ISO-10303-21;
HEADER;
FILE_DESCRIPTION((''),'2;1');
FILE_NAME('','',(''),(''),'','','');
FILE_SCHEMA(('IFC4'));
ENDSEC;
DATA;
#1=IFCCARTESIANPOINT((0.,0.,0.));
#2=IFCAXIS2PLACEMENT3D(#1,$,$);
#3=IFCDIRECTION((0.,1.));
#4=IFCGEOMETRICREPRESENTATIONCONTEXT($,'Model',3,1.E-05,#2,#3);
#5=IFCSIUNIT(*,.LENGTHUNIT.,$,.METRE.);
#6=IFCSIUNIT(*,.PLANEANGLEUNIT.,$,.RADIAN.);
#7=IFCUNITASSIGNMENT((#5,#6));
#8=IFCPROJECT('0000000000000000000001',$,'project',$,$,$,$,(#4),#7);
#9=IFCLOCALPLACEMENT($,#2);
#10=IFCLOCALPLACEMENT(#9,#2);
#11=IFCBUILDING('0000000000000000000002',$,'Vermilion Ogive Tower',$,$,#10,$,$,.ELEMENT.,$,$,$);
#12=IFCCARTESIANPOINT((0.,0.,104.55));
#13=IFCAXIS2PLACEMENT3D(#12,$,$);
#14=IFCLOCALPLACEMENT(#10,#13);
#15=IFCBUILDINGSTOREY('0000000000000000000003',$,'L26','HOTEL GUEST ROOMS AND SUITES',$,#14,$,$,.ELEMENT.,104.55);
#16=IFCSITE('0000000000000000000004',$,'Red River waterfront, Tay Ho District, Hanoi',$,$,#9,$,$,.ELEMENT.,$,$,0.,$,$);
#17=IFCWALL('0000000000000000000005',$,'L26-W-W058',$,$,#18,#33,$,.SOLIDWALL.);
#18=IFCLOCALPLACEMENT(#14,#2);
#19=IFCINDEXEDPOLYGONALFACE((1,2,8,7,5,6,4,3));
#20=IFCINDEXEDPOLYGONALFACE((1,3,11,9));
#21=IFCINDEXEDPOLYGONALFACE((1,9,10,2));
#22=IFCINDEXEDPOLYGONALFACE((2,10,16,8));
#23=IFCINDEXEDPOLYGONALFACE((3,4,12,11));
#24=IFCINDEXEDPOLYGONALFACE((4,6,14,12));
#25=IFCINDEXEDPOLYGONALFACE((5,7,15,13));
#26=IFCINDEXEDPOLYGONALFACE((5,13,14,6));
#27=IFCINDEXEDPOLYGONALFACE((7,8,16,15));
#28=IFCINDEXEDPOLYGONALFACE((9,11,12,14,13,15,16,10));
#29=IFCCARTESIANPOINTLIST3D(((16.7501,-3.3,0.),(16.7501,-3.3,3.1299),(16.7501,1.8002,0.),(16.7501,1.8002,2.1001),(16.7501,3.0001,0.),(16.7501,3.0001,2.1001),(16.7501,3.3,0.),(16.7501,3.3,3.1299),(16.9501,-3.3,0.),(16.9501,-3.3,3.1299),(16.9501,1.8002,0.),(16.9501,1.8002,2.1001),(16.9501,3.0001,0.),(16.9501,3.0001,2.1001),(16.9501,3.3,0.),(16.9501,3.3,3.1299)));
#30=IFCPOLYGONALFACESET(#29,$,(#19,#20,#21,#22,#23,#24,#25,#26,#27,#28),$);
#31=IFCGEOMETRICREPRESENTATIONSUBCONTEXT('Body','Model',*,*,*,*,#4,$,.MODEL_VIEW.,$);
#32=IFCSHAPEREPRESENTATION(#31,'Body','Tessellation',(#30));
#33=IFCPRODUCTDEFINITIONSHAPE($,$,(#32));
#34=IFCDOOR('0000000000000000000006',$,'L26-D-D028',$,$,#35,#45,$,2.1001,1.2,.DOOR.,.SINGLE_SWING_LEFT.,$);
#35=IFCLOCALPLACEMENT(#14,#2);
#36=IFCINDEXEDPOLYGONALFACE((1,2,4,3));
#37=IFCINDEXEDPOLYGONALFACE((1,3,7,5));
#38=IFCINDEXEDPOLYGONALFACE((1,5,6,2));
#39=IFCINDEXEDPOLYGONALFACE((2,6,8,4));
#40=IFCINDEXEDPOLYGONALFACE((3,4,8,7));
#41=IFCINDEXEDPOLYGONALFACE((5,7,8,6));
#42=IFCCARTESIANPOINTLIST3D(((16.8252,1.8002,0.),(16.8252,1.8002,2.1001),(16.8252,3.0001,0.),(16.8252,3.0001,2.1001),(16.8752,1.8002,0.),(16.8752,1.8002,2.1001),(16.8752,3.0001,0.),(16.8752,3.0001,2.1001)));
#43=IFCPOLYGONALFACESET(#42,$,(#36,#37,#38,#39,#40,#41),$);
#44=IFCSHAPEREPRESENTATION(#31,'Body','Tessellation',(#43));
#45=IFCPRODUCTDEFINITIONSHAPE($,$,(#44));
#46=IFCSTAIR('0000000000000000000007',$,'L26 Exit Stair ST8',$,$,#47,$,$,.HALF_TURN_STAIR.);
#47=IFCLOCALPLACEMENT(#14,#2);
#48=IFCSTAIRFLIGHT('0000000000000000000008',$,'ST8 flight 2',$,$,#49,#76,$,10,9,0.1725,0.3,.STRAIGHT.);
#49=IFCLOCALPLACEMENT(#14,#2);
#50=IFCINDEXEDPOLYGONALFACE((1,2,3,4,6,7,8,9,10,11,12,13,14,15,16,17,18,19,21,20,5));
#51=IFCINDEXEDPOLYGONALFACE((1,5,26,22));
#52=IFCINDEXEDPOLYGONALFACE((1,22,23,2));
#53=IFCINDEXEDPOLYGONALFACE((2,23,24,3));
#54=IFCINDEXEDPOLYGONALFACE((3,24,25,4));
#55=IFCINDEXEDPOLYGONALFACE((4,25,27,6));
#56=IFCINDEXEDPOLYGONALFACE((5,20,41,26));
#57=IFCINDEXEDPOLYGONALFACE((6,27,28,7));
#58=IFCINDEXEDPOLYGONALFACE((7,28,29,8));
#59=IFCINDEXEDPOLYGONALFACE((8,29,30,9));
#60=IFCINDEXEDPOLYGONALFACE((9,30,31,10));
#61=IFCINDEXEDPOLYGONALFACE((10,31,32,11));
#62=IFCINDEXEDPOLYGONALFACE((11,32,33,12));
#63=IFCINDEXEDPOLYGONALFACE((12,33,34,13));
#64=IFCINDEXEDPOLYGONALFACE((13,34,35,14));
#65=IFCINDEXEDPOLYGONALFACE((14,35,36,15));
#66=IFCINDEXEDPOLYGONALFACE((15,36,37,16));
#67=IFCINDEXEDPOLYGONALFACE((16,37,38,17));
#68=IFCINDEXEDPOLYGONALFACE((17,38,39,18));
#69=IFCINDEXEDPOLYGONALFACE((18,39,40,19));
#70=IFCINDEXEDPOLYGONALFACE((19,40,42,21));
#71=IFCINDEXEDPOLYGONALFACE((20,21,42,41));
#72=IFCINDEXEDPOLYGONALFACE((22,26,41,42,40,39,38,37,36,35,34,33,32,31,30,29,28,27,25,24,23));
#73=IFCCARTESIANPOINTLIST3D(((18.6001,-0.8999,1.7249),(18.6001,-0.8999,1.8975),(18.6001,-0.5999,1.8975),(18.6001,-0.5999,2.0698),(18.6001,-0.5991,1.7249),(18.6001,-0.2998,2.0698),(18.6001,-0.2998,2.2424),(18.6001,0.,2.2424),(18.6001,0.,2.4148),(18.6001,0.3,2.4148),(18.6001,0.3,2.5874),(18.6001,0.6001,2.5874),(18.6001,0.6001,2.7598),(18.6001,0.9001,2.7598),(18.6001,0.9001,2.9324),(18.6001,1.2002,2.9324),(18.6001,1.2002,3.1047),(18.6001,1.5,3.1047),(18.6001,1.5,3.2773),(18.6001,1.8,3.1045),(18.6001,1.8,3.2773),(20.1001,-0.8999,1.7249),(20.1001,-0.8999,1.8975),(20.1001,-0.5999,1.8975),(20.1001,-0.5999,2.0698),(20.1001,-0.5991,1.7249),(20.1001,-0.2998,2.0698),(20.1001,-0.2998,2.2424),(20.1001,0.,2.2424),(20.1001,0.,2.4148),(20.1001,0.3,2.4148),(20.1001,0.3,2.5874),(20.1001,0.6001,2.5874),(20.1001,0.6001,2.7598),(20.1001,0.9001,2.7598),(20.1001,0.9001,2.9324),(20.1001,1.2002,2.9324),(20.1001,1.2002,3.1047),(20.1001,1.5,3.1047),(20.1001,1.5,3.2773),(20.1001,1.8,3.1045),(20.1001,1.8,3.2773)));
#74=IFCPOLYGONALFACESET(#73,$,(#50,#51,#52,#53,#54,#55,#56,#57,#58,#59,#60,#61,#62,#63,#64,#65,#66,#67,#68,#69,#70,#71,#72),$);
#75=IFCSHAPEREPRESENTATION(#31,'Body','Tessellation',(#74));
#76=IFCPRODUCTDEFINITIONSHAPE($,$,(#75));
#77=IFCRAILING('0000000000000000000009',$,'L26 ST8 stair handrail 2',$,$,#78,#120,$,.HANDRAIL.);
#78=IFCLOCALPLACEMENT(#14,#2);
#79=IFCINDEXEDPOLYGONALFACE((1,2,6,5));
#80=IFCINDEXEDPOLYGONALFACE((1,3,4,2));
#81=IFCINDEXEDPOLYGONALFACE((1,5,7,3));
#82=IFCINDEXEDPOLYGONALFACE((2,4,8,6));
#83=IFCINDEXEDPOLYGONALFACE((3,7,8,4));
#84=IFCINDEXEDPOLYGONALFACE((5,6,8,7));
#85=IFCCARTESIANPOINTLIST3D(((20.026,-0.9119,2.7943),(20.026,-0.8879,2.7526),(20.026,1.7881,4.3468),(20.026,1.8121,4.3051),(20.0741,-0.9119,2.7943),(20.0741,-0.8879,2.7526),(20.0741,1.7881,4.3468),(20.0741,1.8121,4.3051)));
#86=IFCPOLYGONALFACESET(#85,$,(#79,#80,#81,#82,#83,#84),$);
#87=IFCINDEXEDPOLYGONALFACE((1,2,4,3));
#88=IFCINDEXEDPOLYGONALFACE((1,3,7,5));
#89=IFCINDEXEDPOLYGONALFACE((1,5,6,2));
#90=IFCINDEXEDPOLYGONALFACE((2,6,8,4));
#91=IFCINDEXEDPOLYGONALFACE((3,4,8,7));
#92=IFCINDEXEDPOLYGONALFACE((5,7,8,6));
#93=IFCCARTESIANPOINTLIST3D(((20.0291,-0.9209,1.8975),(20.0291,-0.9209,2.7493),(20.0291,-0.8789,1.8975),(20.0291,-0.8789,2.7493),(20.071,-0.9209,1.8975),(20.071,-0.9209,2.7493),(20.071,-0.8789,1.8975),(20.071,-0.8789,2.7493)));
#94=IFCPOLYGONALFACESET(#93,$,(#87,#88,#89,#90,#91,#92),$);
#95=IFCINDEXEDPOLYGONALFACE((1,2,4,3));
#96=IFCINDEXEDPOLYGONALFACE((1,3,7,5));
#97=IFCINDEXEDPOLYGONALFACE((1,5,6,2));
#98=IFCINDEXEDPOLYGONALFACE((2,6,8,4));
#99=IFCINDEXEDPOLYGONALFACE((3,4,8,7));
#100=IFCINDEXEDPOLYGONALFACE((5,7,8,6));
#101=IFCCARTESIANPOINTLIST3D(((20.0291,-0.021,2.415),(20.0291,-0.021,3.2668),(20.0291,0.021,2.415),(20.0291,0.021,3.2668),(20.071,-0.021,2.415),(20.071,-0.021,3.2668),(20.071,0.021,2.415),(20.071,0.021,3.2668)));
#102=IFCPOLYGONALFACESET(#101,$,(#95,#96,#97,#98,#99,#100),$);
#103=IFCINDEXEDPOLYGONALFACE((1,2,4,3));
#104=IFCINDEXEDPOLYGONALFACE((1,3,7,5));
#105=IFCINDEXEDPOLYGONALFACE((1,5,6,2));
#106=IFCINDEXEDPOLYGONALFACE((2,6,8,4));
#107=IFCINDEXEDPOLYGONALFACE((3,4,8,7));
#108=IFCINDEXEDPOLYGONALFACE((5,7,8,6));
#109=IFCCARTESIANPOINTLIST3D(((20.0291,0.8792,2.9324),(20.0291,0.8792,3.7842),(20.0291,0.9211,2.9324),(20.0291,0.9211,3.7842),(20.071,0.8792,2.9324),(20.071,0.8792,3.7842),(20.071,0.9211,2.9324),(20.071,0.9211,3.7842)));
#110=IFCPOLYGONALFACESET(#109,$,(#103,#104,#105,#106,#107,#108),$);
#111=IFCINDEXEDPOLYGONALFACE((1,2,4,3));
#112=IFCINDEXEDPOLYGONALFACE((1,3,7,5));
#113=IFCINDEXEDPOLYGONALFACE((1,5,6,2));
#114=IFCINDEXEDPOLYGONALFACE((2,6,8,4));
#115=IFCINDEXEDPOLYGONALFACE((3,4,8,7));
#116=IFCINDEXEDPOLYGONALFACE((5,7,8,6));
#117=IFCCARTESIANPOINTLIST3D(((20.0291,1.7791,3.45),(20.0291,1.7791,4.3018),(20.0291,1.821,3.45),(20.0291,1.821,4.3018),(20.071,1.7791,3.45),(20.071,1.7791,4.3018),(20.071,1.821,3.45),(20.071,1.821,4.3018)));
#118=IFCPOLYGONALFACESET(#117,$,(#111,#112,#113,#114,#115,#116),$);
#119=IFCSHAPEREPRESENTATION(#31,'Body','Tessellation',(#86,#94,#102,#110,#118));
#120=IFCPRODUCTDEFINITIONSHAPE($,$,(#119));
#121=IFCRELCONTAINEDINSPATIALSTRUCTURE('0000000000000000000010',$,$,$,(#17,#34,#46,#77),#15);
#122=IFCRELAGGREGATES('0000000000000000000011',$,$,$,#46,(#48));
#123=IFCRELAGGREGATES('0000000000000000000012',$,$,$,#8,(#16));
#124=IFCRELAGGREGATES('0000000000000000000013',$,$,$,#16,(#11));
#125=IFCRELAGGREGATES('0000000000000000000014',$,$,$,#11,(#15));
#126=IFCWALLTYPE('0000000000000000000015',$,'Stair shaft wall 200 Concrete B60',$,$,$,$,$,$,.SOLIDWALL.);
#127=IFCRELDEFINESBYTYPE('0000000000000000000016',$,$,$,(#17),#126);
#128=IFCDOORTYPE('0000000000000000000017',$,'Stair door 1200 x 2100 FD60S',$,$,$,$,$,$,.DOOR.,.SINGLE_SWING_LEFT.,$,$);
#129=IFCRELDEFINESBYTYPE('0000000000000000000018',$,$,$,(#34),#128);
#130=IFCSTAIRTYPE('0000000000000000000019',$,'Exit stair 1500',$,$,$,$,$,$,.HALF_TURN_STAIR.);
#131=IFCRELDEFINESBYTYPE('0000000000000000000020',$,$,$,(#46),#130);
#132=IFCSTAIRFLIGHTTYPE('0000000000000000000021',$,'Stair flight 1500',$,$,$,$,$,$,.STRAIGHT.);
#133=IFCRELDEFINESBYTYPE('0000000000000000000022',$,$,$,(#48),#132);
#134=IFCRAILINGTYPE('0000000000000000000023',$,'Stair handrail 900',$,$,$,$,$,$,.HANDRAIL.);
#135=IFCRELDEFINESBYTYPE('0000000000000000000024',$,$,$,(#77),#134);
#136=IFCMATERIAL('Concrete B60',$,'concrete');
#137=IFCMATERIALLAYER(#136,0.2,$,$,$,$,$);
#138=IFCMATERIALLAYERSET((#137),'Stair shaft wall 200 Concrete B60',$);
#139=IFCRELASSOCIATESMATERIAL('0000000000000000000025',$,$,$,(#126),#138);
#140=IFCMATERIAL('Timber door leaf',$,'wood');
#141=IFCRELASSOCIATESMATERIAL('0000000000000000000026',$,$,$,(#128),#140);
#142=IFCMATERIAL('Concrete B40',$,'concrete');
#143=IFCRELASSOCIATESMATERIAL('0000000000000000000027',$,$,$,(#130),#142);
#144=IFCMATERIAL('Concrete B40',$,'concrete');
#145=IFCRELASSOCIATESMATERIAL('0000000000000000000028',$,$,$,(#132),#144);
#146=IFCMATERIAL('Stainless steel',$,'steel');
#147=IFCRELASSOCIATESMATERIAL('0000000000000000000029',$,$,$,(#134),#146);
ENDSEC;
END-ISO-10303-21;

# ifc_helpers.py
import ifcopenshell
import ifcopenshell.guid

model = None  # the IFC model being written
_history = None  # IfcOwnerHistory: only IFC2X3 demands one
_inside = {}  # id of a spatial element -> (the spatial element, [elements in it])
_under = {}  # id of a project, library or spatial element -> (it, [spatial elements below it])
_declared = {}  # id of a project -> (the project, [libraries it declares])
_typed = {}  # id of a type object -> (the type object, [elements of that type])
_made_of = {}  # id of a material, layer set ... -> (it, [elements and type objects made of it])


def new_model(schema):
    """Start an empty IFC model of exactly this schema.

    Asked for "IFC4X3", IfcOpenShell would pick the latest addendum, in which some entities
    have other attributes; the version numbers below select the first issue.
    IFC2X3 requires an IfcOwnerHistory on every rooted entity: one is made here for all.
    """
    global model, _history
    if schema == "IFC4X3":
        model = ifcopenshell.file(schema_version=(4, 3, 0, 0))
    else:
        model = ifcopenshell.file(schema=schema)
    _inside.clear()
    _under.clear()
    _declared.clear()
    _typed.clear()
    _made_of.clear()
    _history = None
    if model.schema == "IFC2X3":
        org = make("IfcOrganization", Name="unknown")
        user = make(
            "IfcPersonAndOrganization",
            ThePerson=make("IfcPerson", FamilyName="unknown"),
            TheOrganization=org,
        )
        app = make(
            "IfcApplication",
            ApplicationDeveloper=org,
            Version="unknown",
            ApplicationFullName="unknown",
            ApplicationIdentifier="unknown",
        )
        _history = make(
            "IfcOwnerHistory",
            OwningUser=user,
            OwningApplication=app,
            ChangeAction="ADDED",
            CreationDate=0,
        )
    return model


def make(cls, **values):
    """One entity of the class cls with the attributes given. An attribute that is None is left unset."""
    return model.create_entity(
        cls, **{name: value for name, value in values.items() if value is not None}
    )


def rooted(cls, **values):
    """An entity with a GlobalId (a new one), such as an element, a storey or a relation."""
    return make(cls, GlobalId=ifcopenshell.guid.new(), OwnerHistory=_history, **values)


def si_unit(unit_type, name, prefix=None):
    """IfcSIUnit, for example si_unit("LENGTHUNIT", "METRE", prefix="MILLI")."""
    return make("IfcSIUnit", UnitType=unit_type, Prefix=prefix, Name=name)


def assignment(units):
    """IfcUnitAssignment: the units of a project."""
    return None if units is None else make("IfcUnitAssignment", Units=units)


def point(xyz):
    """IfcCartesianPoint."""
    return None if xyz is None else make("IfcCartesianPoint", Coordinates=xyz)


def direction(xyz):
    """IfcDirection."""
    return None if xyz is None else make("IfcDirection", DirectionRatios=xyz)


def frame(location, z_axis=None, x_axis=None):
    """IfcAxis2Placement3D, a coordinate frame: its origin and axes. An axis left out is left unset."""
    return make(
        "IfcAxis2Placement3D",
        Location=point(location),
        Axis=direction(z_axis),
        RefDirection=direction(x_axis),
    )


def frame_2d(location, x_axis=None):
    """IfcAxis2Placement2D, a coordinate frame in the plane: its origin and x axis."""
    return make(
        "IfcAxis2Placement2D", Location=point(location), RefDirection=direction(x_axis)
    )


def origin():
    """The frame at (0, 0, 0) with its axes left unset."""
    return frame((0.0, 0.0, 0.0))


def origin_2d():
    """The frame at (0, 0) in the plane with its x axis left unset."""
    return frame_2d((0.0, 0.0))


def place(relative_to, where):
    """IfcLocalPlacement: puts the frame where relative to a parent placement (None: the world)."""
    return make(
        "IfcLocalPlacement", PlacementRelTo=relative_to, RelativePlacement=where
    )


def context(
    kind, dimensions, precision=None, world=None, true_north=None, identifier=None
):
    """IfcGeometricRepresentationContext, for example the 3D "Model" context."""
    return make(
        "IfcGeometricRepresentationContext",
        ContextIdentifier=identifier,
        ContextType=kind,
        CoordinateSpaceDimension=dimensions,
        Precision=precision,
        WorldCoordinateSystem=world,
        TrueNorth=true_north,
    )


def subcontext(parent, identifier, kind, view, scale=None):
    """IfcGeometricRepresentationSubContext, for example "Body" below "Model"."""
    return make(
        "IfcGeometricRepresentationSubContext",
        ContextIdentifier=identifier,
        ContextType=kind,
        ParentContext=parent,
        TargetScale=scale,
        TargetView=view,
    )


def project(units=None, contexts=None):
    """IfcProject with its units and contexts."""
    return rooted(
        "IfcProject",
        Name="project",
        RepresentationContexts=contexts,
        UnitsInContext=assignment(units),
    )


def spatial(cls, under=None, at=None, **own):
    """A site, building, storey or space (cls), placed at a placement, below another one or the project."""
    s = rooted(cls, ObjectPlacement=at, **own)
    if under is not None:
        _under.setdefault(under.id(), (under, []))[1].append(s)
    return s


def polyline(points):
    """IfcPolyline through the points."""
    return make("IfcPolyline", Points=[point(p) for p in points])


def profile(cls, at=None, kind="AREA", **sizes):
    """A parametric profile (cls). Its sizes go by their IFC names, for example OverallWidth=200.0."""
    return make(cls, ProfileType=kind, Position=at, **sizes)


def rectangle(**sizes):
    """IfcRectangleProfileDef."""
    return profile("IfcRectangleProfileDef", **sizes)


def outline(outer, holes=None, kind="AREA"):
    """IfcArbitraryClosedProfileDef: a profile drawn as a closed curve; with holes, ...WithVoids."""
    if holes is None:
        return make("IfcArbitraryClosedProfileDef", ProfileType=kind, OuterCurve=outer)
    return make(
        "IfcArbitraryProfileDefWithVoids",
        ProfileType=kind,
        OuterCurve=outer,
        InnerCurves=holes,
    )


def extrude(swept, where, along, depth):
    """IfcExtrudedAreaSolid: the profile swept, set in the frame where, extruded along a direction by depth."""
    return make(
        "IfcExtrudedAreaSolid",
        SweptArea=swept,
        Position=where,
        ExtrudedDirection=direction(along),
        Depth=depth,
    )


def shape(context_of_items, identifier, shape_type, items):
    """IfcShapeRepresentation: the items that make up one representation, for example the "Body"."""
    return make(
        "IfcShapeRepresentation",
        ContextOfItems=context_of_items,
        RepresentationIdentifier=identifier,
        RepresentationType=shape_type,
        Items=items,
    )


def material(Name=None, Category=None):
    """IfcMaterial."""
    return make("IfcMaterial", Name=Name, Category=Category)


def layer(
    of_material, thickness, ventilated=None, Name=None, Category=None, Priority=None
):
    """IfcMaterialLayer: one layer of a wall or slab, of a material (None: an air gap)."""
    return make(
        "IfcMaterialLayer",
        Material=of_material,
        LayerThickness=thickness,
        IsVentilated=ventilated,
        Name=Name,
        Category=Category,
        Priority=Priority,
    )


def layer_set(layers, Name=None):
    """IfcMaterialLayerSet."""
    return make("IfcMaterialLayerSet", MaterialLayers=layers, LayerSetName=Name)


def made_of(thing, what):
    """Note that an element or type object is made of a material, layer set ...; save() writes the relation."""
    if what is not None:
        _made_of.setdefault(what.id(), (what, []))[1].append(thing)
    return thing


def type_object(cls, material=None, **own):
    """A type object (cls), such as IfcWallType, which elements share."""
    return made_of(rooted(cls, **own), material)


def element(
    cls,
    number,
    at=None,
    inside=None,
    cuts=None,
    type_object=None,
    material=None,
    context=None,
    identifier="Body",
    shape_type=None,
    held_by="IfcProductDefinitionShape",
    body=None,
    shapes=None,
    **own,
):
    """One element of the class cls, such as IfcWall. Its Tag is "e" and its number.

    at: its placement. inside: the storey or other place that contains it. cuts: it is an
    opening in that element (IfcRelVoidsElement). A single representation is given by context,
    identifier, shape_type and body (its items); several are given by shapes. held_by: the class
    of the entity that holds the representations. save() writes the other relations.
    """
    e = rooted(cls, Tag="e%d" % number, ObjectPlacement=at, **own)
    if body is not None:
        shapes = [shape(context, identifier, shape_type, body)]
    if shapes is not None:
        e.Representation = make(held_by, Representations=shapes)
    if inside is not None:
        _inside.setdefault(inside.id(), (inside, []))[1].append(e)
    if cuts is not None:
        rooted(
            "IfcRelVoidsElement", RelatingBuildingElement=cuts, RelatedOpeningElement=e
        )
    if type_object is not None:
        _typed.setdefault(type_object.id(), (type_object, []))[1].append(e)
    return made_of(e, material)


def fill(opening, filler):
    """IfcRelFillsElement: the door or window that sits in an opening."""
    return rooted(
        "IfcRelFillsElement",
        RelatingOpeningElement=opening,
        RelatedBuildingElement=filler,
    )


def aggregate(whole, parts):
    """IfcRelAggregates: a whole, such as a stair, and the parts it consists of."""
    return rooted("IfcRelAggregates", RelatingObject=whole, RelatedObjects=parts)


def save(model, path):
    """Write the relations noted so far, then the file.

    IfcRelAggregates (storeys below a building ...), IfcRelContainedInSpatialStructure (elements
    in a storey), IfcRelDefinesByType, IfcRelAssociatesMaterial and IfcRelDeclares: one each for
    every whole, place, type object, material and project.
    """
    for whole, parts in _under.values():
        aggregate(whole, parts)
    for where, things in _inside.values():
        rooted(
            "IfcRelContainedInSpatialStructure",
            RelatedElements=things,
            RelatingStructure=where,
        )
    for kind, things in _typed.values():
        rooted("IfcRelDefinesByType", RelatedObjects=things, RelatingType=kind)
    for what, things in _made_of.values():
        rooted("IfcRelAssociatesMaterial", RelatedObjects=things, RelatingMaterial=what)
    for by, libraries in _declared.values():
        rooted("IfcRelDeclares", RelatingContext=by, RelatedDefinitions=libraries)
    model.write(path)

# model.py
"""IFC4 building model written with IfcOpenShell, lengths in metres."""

from ifc_helpers import new_model, si_unit, direction, frame, frame_2d, origin, origin_2d, place, context, subcontext, project, spatial, polyline, rectangle, outline, extrude, material, layer, layer_set, type_object, element, fill, aggregate, save


model = new_model("IFC4")

# Units and contexts
model_context = context("Model", 3, precision=1e-05, world=origin(), true_north=direction((0.0, 1.0)))
body_context = subcontext(model_context, "Body", "Model", "MODEL_VIEW")
ifc_project = project(units=[si_unit("LENGTHUNIT", "METRE"), si_unit("PLANEANGLEUNIT", "RADIAN")], contexts=[model_context])

# Site, building, storey
site_placement = place(None, origin())
site = spatial("IfcSite", under=ifc_project, at=site_placement, Name="Red River waterfront, Tay Ho District, Hanoi", CompositionType="ELEMENT", RefElevation=0.0)
building_placement = place(site_placement, origin())
building = spatial("IfcBuilding", under=site, at=building_placement, Name="Vermilion Ogive Tower", CompositionType="ELEMENT")
storey_placement = place(building_placement, frame((0.0, 0.0, 104.55)))
storey = spatial("IfcBuildingStorey", under=building, at=storey_placement, Name="L26", Description="HOTEL GUEST ROOMS AND SUITES", CompositionType="ELEMENT", Elevation=104.55)

# Shared definitions
ifc_material_1 = material(Name="Concrete B60", Category="concrete")
ifc_layer_1 = layer(ifc_material_1, 0.2)
ifc_layer_set_1 = layer_set([ifc_layer_1], Name="Stair shaft wall 200 Concrete B60")
wall_type_1 = type_object("IfcWallType", Name="Stair shaft wall 200 Concrete B60", PredefinedType="SOLIDWALL", material=ifc_layer_set_1)

# Wall, opening, door
wall_1_placement = place(storey_placement, frame((16.8501, -3.3, 0.0), z_axis=(0.0, 0.0, 1.0), x_axis=(0.0, 1.0, 0.0)))
wall_1 = element("IfcWall", 1, at=wall_1_placement, inside=storey, type_object=wall_type_1, Name="L26-W-W058", PredefinedType="SOLIDWALL", context=body_context, shape_type="SweptSolid", body=[
    extrude(rectangle(XDim=6.6001, YDim=0.2, at=frame_2d((3.3, 0.0))), origin(), (0.0, 0.0, 1.0), 3.1299),
])
opening_1_placement = place(wall_1_placement, frame((5.1001, 0.0, 0.0)))
opening_1 = element("IfcOpeningElement", 2, at=opening_1_placement, cuts=wall_1, PredefinedType="OPENING", context=body_context, shape_type="SweptSolid", body=[
    extrude(rectangle(XDim=1.2, YDim=2.1001, at=frame_2d((0.6001, 1.05))), frame((0.0, 0.1099, 0.0), z_axis=(0.0, -1.0, 0.0), x_axis=(1.0, 0.0, 0.0)), (0.0, 0.0, 1.0), 0.22),
])
ifc_material_2 = material(Name="Timber door leaf", Category="wood")
door_type_1 = type_object("IfcDoorType", Name="Stair door 1200 x 2100 FD60S", OperationType="SINGLE_SWING_LEFT", PredefinedType="DOOR", material=ifc_material_2)
door_1_placement = place(opening_1_placement, origin())
door_1 = element("IfcDoor", 3, at=door_1_placement, inside=storey, type_object=door_type_1, Name="L26-D-D028", OperationType="SINGLE_SWING_LEFT", OverallHeight=2.1001, OverallWidth=1.2, PredefinedType="DOOR", context=body_context, shape_type="SweptSolid", body=[
    extrude(rectangle(XDim=1.2, YDim=2.1001, at=frame_2d((0.6001, 1.05))), frame((0.0, 0.0249, 0.0), z_axis=(0.0, -1.0, 0.0), x_axis=(1.0, 0.0, 0.0)), (0.0, 0.0, 1.0), 0.05),
])
fill(opening_1, door_1)

# Stair, stair flight
ifc_material_3 = material(Name="Concrete B40", Category="concrete")
stair_type = type_object("IfcStairType", Name="Exit stair 1500", PredefinedType="HALF_TURN_STAIR", material=ifc_material_3)
stair_placement = place(storey_placement, origin())
stair = element("IfcStair", 4, at=stair_placement, inside=storey, type_object=stair_type, Name="L26 Exit Stair ST8", PredefinedType="HALF_TURN_STAIR")
ifc_material_4 = material(Name="Concrete B40", Category="concrete")
stair_flight_type = type_object("IfcStairFlightType", Name="Stair flight 1500", PredefinedType="STRAIGHT", material=ifc_material_4)
stair_flight_placement = place(storey_placement, frame((19.3501, -0.8999, 1.7249), z_axis=(0.0, 0.0, 1.0), x_axis=(0.0, 1.0, 0.0)))
stair_flight = element("IfcStairFlight", 5, at=stair_flight_placement, type_object=stair_flight_type, Name="ST8 flight 2", NumberOfRisers=10, NumberOfTreads=9, PredefinedType="STRAIGHT", RiserHeight=0.1725, TreadLength=0.3, context=body_context, shape_type="SweptSolid", body=[
    extrude(outline(polyline([(0.0, 0.0), (0.0, 0.1726), (0.3, 0.1726), (0.3, 0.345), (0.6001, 0.345), (0.6001, 0.5176), (0.8999, 0.5176), (0.8999, 0.6899), (1.2, 0.6899), (1.2, 0.8625), (1.5, 0.8625), (1.5, 1.0349), (1.8, 1.0349), (1.8, 1.2075), (2.1001, 1.2075), (2.1001, 1.3799), (2.3999, 1.3799), (2.3999, 1.5525), (2.7, 1.5525), (2.7, 1.7251), (2.7, 1.3796), (0.3008, 0.0), (0.0, 0.0)])), frame((0.0, 0.75, 0.0), z_axis=(0.0, -1.0, 0.0), x_axis=(1.0, 0.0, 0.0)), (0.0, 0.0, 1.0), 1.5),
])
aggregate(stair, [stair_flight])

# Railing
ifc_material_5 = material(Name="Stainless steel", Category="steel")
railing_type = type_object("IfcRailingType", Name="Stair handrail 900", PredefinedType="HANDRAIL", material=ifc_material_5)
railing_placement = place(storey_placement, frame((20.05, -0.8999, 1.8975)))
element("IfcRailing", 6, at=railing_placement, inside=storey, type_object=railing_type, Name="L26 ST8 stair handrail 2", PredefinedType="HANDRAIL", context=body_context, shape_type="SweptSolid", body=[
    extrude(rectangle(XDim=0.0481, YDim=0.0481, at=origin_2d()), frame((0.0, 0.0, 0.876), z_axis=(0.0, 0.866904, 0.498476), x_axis=(-1.0, 0.0, 0.0)), (0.0, 0.0, 1.0), 3.1145),
    extrude(rectangle(XDim=0.042, YDim=0.042, at=origin_2d()), origin(), (0.0, 0.0, 1.0), 0.8518),
    extrude(rectangle(XDim=0.042, YDim=0.042, at=origin_2d()), frame((0.0, 0.8999, 0.5176)), (0.0, 0.0, 1.0), 0.8518),
    extrude(rectangle(XDim=0.042, YDim=0.042, at=origin_2d()), frame((0.0, 1.8, 1.0349)), (0.0, 0.0, 1.0), 0.8518),
    extrude(rectangle(XDim=0.042, YDim=0.042, at=origin_2d()), frame((0.0, 2.7, 1.5525)), (0.0, 0.0, 1.0), 0.8518),
])

save(model, "model.ifc")
